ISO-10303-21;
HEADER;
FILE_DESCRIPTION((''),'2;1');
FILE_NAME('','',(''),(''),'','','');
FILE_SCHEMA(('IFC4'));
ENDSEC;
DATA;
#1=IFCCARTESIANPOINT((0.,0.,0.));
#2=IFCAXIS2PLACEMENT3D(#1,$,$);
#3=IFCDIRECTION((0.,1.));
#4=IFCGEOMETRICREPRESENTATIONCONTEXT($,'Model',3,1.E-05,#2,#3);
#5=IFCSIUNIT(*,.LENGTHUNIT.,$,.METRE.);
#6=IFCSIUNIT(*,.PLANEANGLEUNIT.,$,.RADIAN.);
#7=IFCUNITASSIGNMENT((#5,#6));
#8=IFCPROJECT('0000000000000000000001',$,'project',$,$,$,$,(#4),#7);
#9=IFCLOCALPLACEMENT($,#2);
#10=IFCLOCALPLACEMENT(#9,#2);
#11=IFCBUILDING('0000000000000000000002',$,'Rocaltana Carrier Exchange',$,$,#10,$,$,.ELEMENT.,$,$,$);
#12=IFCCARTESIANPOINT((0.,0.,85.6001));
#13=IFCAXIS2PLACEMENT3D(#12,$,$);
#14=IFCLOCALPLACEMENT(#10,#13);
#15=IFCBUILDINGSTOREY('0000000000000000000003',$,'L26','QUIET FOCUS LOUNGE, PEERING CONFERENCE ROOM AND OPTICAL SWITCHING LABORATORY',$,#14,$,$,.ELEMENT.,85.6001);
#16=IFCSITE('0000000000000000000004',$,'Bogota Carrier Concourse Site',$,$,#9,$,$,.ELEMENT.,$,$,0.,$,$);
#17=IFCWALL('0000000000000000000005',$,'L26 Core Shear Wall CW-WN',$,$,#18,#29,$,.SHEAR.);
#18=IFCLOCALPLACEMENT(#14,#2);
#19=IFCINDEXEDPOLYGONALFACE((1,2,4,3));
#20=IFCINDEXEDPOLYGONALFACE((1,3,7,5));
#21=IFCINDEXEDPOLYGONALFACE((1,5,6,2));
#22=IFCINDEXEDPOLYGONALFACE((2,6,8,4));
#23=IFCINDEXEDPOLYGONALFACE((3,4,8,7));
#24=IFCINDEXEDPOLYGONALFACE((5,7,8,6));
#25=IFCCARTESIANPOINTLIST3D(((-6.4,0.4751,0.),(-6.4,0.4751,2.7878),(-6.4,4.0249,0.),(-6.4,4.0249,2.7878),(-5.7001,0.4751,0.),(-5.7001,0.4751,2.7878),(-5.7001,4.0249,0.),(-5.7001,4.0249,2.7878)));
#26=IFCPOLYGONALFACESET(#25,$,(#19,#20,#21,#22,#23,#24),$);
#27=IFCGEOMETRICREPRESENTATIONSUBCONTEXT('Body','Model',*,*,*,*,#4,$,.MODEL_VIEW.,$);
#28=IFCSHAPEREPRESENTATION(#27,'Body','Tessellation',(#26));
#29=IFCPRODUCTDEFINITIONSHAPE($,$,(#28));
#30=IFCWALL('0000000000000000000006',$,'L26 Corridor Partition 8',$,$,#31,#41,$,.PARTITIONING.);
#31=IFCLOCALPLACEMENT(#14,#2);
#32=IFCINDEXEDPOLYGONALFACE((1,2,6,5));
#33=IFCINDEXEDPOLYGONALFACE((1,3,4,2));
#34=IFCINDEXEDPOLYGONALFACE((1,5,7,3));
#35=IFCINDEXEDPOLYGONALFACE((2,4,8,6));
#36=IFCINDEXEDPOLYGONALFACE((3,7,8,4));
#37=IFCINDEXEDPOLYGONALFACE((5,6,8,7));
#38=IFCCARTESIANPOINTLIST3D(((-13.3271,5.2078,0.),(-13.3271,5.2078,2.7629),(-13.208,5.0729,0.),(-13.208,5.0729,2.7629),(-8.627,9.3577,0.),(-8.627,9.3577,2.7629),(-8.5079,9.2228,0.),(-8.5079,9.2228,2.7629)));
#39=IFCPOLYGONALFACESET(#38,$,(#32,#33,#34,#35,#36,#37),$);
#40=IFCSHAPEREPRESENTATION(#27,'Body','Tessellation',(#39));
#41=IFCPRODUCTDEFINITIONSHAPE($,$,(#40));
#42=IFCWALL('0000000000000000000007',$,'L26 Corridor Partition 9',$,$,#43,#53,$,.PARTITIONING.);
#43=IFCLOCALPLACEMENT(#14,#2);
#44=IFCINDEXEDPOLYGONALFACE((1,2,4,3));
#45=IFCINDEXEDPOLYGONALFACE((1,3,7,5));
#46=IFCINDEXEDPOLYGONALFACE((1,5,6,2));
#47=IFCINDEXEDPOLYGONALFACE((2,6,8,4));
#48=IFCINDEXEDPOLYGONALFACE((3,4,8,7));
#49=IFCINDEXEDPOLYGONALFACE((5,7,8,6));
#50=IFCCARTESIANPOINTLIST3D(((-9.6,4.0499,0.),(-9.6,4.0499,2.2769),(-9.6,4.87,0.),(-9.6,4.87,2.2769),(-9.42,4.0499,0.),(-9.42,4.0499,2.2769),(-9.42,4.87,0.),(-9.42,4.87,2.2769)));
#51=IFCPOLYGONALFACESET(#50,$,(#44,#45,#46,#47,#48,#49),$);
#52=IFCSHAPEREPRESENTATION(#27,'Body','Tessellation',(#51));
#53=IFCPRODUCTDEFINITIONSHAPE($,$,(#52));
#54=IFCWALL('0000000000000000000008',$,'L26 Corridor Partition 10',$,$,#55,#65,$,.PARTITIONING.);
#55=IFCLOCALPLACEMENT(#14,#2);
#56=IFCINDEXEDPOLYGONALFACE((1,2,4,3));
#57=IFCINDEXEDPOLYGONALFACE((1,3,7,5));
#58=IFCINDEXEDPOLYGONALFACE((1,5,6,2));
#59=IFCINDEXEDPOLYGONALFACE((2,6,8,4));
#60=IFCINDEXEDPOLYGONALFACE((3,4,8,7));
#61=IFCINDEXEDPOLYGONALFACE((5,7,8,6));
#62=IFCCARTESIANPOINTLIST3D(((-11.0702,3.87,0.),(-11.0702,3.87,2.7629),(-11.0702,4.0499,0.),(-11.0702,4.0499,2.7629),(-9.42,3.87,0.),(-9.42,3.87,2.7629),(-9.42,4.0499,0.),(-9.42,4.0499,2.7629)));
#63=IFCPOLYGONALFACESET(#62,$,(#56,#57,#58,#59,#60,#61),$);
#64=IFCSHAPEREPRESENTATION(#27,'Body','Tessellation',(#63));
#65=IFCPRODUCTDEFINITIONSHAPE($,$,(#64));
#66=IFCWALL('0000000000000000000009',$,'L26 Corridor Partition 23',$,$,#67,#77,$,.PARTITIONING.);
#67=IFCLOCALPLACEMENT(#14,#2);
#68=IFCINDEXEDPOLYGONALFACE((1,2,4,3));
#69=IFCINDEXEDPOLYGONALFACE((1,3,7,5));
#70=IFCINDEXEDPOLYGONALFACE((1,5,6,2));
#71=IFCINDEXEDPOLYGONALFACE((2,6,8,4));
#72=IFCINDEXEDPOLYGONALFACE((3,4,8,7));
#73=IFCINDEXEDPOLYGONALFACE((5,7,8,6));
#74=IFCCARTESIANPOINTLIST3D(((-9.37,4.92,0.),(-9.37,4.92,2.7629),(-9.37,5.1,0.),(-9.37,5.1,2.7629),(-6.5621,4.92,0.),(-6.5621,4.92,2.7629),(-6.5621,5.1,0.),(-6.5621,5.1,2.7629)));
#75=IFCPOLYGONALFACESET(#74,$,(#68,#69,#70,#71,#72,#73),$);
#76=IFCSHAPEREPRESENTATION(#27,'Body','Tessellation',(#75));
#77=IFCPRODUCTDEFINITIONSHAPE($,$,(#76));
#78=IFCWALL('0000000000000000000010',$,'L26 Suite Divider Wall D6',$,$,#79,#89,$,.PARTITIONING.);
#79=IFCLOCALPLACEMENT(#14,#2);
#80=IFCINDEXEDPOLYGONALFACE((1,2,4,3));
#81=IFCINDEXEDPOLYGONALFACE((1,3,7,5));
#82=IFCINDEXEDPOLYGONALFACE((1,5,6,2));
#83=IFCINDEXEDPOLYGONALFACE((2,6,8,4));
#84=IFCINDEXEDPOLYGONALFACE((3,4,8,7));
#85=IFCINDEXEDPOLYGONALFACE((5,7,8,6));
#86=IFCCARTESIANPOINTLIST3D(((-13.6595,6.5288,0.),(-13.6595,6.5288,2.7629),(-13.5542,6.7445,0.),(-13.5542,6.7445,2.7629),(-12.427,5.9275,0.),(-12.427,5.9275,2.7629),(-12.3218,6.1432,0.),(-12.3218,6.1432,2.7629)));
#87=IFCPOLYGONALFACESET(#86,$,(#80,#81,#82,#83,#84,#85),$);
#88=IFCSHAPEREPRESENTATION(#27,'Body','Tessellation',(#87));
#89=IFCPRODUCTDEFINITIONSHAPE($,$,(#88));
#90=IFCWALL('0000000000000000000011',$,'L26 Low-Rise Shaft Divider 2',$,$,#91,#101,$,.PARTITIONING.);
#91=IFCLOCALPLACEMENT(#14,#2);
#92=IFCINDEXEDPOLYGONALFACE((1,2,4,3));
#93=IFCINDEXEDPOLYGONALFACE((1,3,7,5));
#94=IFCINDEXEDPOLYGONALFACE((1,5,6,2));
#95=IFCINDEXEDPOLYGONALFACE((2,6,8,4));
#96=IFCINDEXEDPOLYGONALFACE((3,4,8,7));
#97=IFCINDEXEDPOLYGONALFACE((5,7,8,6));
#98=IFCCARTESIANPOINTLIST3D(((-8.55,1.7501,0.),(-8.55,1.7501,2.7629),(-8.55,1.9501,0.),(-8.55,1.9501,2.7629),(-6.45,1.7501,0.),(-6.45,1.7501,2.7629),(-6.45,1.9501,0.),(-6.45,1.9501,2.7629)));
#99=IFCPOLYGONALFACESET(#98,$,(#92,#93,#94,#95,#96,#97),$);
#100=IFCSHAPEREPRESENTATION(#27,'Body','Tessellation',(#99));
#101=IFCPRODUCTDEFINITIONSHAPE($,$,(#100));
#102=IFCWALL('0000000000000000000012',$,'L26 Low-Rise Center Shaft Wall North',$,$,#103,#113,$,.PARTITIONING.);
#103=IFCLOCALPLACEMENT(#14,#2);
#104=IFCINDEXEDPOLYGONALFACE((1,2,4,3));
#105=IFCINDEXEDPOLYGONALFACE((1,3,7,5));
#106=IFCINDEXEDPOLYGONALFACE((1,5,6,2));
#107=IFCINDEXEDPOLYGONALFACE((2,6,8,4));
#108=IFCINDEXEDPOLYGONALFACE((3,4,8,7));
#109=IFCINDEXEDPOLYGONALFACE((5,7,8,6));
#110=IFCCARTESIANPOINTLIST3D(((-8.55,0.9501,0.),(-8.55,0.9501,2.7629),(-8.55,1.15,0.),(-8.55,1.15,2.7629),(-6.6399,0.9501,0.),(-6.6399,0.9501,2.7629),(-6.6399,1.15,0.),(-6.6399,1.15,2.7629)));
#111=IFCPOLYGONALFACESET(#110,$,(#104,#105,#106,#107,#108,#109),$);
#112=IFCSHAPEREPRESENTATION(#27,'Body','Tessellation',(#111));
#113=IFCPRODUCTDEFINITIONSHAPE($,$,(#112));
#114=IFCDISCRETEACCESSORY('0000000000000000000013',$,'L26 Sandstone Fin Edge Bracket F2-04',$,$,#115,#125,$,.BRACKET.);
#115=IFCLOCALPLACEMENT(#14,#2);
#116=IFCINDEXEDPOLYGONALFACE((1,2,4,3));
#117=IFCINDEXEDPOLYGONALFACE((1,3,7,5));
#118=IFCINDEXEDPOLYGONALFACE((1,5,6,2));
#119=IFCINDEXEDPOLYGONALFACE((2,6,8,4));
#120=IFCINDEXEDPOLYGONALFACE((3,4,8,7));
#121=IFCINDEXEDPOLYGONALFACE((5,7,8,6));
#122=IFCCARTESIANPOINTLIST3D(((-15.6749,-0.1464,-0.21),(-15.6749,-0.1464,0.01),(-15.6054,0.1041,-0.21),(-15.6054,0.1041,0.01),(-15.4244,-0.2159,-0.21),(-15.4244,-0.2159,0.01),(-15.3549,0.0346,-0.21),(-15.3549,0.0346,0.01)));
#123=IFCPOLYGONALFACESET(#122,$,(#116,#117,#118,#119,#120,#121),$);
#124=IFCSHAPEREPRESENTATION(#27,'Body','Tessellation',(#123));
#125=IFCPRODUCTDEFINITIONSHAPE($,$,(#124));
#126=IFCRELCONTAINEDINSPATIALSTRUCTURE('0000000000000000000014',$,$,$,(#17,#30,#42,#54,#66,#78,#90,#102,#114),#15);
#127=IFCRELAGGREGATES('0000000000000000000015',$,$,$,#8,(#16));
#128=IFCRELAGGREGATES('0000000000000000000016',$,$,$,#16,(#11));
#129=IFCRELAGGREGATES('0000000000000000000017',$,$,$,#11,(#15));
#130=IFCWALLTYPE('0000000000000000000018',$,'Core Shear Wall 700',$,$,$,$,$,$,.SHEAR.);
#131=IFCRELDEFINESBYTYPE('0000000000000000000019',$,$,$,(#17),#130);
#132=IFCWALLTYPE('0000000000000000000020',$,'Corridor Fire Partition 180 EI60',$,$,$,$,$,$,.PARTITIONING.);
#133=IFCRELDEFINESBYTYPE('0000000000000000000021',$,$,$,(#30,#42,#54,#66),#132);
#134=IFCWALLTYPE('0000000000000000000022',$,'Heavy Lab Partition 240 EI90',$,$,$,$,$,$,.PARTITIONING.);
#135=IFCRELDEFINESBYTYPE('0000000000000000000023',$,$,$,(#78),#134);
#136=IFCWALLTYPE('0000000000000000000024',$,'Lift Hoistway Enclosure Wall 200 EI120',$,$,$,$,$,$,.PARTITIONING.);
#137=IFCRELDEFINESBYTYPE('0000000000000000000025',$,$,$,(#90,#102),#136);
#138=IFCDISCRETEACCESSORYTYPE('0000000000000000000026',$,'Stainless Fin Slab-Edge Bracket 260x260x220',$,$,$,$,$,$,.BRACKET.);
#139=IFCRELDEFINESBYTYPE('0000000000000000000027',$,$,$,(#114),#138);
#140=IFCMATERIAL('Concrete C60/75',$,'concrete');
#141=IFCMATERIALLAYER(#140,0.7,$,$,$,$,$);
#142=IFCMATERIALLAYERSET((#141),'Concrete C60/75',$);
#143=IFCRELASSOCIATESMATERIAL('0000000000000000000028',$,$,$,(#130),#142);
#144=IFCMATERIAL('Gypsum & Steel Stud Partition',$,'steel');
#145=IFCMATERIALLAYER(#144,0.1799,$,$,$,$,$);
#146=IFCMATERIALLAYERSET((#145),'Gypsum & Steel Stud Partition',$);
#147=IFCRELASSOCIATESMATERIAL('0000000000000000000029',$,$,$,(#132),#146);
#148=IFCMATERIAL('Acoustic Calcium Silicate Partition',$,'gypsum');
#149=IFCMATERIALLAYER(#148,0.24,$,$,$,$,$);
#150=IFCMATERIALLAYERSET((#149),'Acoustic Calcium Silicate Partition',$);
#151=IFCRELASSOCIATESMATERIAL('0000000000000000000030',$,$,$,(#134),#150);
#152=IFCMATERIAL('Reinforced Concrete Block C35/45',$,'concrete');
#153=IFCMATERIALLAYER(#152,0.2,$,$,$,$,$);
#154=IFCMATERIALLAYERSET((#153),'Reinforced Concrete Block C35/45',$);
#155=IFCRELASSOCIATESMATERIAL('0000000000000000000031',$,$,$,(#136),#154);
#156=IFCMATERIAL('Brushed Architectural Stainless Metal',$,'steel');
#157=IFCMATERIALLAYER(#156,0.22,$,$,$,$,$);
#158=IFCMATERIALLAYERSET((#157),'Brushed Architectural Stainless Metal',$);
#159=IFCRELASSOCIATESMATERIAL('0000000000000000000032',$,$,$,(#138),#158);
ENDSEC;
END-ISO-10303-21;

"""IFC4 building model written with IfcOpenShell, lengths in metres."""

from ifc_helpers import new_model, si_unit, direction, frame, frame_2d, origin, origin_2d, place, context, subcontext, project, spatial, rectangle, extrude, material, layer, layer_set, type_object, element, save


model = new_model("IFC4")

# Units and contexts
model_context = context("Model", 3, precision=1e-05, world=origin(), true_north=direction((0.0, 1.0)))
body_context = subcontext(model_context, "Body", "Model", "MODEL_VIEW")
ifc_project = project(units=[si_unit("LENGTHUNIT", "METRE"), si_unit("PLANEANGLEUNIT", "RADIAN")], contexts=[model_context])

# Site, building, storey
site_placement = place(None, origin())
site = spatial("IfcSite", under=ifc_project, at=site_placement, Name="Bogota Carrier Concourse Site", CompositionType="ELEMENT", RefElevation=0.0)
building_placement = place(site_placement, origin())
building = spatial("IfcBuilding", under=site, at=building_placement, Name="Rocaltana Carrier Exchange", CompositionType="ELEMENT")
storey_placement = place(building_placement, frame((0.0, 0.0, 85.6001)))
storey = spatial("IfcBuildingStorey", under=building, at=storey_placement, Name="L26", Description="QUIET FOCUS LOUNGE, PEERING CONFERENCE ROOM AND OPTICAL SWITCHING LABORATORY", CompositionType="ELEMENT", Elevation=85.6001)

# Walls
ifc_material_1 = material(Name="Concrete C60/75", Category="concrete")
ifc_layer_1 = layer(ifc_material_1, 0.7)
ifc_layer_set_1 = layer_set([ifc_layer_1], Name="Concrete C60/75")
wall_type_1 = type_object("IfcWallType", Name="Core Shear Wall 700", PredefinedType="SHEAR", material=ifc_layer_set_1)
wall_1_placement = place(storey_placement, frame((-6.05, 0.4751, 0.0), z_axis=(0.0, 0.0, 1.0), x_axis=(0.0, 1.0, 0.0)))
element("IfcWall", 1, at=wall_1_placement, inside=storey, type_object=wall_type_1, Name="L26 Core Shear Wall CW-WN", PredefinedType="SHEAR", context=body_context, shape_type="SweptSolid", body=[
    extrude(rectangle(XDim=3.5498, YDim=0.7, at=frame_2d((1.7749, 0.0))), origin(), (0.0, 0.0, 1.0), 2.7878),
])
ifc_material_2 = material(Name="Gypsum & Steel Stud Partition", Category="steel")
ifc_layer_2 = layer(ifc_material_2, 0.1799)
ifc_layer_set_2 = layer_set([ifc_layer_2], Name="Gypsum & Steel Stud Partition")
wall_type_2 = type_object("IfcWallType", Name="Corridor Fire Partition 180 EI60", PredefinedType="PARTITIONING", material=ifc_layer_set_2)
wall_2_placement = place(storey_placement, frame((-13.2676, 5.1404, 0.0), z_axis=(0.0, 0.0, 1.0), x_axis=(0.749626, 0.661861, 0.0)))
element("IfcWall", 2, at=wall_2_placement, inside=storey, type_object=wall_type_2, Name="L26 Corridor Partition 8", PredefinedType="PARTITIONING", context=body_context, shape_type="SweptSolid", body=[
    extrude(rectangle(XDim=6.27, YDim=0.1799, at=frame_2d((3.135, 0.0))), origin(), (0.0, 0.0, 1.0), 2.7629),
])
wall_3_placement = place(storey_placement, frame((-9.51, 4.8701, 0.0), z_axis=(0.0, 0.0, 1.0), x_axis=(0.0, -1.0, 0.0)))
element("IfcWall", 3, at=wall_3_placement, inside=storey, type_object=wall_type_2, Name="L26 Corridor Partition 9", PredefinedType="PARTITIONING", context=body_context, shape_type="SweptSolid", body=[
    extrude(rectangle(XDim=0.8201, YDim=0.1799, at=frame_2d((0.4102, 0.0))), origin(), (0.0, 0.0, 1.0), 2.2769),
])
wall_4_placement = place(storey_placement, frame((-9.4199, 3.96, 0.0), z_axis=(0.0, 0.0, 1.0), x_axis=(-1.0, 0.0, 0.0)))
element("IfcWall", 4, at=wall_4_placement, inside=storey, type_object=wall_type_2, Name="L26 Corridor Partition 10", PredefinedType="PARTITIONING", context=body_context, shape_type="SweptSolid", body=[
    extrude(rectangle(XDim=1.6501, YDim=0.1799, at=frame_2d((0.8252, 0.0))), origin(), (0.0, 0.0, 1.0), 2.7629),
])
wall_5_placement = place(storey_placement, frame((-6.5623, 5.01, 0.0), z_axis=(0.0, 0.0, 1.0), x_axis=(-1.0, 0.0, 0.0)))
element("IfcWall", 5, at=wall_5_placement, inside=storey, type_object=wall_type_2, Name="L26 Corridor Partition 23", PredefinedType="PARTITIONING", context=body_context, shape_type="SweptSolid", body=[
    extrude(rectangle(XDim=2.8079, YDim=0.1799, at=frame_2d((1.4038, 0.0))), origin(), (0.0, 0.0, 1.0), 2.7629),
])
ifc_material_3 = material(Name="Acoustic Calcium Silicate Partition", Category="gypsum")
ifc_layer_3 = layer(ifc_material_3, 0.24)
ifc_layer_set_3 = layer_set([ifc_layer_3], Name="Acoustic Calcium Silicate Partition")
wall_type_3 = type_object("IfcWallType", Name="Heavy Lab Partition 240 EI90", PredefinedType="PARTITIONING", material=ifc_layer_set_3)
wall_6_placement = place(storey_placement, frame((-12.3745, 6.0354, 0.0), z_axis=(0.0, 0.0, 1.0), x_axis=(-0.898729, 0.438504, 0.0)))
element("IfcWall", 6, at=wall_6_placement, inside=storey, type_object=wall_type_3, Name="L26 Suite Divider Wall D6", PredefinedType="PARTITIONING", context=body_context, shape_type="SweptSolid", body=[
    extrude(rectangle(XDim=1.3713, YDim=0.24, at=frame_2d((0.6855, 0.0))), origin(), (0.0, 0.0, 1.0), 2.7629),
])
ifc_material_4 = material(Name="Reinforced Concrete Block C35/45", Category="concrete")
ifc_layer_4 = layer(ifc_material_4, 0.2)
ifc_layer_set_4 = layer_set([ifc_layer_4], Name="Reinforced Concrete Block C35/45")
wall_type_4 = type_object("IfcWallType", Name="Lift Hoistway Enclosure Wall 200 EI120", PredefinedType="PARTITIONING", material=ifc_layer_set_4)
wall_7_placement = place(storey_placement, frame((-8.55, 1.8501, 0.0), z_axis=(0.0, 0.0, 1.0), x_axis=(1.0, 0.0, 0.0)))
element("IfcWall", 7, at=wall_7_placement, inside=storey, type_object=wall_type_4, Name="L26 Low-Rise Shaft Divider 2", PredefinedType="PARTITIONING", context=body_context, shape_type="SweptSolid", body=[
    extrude(rectangle(XDim=2.1001, YDim=0.2, at=frame_2d((1.05, 0.0))), origin(), (0.0, 0.0, 1.0), 2.7629),
])
wall_8_placement = place(storey_placement, frame((-8.55, 1.05, 0.0), z_axis=(0.0, 0.0, 1.0), x_axis=(1.0, 0.0, 0.0)))
element("IfcWall", 8, at=wall_8_placement, inside=storey, type_object=wall_type_4, Name="L26 Low-Rise Center Shaft Wall North", PredefinedType="PARTITIONING", context=body_context, shape_type="SweptSolid", body=[
    extrude(rectangle(XDim=1.9102, YDim=0.2, at=frame_2d((0.9551, 0.0))), origin(), (0.0, 0.0, 1.0), 2.7629),
])

# Discrete accessory
ifc_material_5 = material(Name="Brushed Architectural Stainless Metal", Category="steel")
ifc_layer_5 = layer(ifc_material_5, 0.22)
ifc_layer_set_5 = layer_set([ifc_layer_5], Name="Brushed Architectural Stainless Metal")
discrete_accessory_type = type_object("IfcDiscreteAccessoryType", Name="Stainless Fin Slab-Edge Bracket 260x260x220", PredefinedType="BRACKET", material=ifc_layer_set_5)
discrete_accessory_placement = place(storey_placement, frame((-15.5149, -0.0559, -0.21), z_axis=(0.0, 0.0, 1.0), x_axis=(-0.267238, -0.96363, 0.0)))
element("IfcDiscreteAccessory", 9, at=discrete_accessory_placement, inside=storey, type_object=discrete_accessory_type, Name="L26 Sandstone Fin Edge Bracket F2-04", PredefinedType="BRACKET", context=body_context, shape_type="SweptSolid", body=[
    extrude(rectangle(XDim=0.26, YDim=0.26, at=origin_2d()), origin(), (0.0, 0.0, 1.0), 0.22),
])

save(model, "model.ifc")
